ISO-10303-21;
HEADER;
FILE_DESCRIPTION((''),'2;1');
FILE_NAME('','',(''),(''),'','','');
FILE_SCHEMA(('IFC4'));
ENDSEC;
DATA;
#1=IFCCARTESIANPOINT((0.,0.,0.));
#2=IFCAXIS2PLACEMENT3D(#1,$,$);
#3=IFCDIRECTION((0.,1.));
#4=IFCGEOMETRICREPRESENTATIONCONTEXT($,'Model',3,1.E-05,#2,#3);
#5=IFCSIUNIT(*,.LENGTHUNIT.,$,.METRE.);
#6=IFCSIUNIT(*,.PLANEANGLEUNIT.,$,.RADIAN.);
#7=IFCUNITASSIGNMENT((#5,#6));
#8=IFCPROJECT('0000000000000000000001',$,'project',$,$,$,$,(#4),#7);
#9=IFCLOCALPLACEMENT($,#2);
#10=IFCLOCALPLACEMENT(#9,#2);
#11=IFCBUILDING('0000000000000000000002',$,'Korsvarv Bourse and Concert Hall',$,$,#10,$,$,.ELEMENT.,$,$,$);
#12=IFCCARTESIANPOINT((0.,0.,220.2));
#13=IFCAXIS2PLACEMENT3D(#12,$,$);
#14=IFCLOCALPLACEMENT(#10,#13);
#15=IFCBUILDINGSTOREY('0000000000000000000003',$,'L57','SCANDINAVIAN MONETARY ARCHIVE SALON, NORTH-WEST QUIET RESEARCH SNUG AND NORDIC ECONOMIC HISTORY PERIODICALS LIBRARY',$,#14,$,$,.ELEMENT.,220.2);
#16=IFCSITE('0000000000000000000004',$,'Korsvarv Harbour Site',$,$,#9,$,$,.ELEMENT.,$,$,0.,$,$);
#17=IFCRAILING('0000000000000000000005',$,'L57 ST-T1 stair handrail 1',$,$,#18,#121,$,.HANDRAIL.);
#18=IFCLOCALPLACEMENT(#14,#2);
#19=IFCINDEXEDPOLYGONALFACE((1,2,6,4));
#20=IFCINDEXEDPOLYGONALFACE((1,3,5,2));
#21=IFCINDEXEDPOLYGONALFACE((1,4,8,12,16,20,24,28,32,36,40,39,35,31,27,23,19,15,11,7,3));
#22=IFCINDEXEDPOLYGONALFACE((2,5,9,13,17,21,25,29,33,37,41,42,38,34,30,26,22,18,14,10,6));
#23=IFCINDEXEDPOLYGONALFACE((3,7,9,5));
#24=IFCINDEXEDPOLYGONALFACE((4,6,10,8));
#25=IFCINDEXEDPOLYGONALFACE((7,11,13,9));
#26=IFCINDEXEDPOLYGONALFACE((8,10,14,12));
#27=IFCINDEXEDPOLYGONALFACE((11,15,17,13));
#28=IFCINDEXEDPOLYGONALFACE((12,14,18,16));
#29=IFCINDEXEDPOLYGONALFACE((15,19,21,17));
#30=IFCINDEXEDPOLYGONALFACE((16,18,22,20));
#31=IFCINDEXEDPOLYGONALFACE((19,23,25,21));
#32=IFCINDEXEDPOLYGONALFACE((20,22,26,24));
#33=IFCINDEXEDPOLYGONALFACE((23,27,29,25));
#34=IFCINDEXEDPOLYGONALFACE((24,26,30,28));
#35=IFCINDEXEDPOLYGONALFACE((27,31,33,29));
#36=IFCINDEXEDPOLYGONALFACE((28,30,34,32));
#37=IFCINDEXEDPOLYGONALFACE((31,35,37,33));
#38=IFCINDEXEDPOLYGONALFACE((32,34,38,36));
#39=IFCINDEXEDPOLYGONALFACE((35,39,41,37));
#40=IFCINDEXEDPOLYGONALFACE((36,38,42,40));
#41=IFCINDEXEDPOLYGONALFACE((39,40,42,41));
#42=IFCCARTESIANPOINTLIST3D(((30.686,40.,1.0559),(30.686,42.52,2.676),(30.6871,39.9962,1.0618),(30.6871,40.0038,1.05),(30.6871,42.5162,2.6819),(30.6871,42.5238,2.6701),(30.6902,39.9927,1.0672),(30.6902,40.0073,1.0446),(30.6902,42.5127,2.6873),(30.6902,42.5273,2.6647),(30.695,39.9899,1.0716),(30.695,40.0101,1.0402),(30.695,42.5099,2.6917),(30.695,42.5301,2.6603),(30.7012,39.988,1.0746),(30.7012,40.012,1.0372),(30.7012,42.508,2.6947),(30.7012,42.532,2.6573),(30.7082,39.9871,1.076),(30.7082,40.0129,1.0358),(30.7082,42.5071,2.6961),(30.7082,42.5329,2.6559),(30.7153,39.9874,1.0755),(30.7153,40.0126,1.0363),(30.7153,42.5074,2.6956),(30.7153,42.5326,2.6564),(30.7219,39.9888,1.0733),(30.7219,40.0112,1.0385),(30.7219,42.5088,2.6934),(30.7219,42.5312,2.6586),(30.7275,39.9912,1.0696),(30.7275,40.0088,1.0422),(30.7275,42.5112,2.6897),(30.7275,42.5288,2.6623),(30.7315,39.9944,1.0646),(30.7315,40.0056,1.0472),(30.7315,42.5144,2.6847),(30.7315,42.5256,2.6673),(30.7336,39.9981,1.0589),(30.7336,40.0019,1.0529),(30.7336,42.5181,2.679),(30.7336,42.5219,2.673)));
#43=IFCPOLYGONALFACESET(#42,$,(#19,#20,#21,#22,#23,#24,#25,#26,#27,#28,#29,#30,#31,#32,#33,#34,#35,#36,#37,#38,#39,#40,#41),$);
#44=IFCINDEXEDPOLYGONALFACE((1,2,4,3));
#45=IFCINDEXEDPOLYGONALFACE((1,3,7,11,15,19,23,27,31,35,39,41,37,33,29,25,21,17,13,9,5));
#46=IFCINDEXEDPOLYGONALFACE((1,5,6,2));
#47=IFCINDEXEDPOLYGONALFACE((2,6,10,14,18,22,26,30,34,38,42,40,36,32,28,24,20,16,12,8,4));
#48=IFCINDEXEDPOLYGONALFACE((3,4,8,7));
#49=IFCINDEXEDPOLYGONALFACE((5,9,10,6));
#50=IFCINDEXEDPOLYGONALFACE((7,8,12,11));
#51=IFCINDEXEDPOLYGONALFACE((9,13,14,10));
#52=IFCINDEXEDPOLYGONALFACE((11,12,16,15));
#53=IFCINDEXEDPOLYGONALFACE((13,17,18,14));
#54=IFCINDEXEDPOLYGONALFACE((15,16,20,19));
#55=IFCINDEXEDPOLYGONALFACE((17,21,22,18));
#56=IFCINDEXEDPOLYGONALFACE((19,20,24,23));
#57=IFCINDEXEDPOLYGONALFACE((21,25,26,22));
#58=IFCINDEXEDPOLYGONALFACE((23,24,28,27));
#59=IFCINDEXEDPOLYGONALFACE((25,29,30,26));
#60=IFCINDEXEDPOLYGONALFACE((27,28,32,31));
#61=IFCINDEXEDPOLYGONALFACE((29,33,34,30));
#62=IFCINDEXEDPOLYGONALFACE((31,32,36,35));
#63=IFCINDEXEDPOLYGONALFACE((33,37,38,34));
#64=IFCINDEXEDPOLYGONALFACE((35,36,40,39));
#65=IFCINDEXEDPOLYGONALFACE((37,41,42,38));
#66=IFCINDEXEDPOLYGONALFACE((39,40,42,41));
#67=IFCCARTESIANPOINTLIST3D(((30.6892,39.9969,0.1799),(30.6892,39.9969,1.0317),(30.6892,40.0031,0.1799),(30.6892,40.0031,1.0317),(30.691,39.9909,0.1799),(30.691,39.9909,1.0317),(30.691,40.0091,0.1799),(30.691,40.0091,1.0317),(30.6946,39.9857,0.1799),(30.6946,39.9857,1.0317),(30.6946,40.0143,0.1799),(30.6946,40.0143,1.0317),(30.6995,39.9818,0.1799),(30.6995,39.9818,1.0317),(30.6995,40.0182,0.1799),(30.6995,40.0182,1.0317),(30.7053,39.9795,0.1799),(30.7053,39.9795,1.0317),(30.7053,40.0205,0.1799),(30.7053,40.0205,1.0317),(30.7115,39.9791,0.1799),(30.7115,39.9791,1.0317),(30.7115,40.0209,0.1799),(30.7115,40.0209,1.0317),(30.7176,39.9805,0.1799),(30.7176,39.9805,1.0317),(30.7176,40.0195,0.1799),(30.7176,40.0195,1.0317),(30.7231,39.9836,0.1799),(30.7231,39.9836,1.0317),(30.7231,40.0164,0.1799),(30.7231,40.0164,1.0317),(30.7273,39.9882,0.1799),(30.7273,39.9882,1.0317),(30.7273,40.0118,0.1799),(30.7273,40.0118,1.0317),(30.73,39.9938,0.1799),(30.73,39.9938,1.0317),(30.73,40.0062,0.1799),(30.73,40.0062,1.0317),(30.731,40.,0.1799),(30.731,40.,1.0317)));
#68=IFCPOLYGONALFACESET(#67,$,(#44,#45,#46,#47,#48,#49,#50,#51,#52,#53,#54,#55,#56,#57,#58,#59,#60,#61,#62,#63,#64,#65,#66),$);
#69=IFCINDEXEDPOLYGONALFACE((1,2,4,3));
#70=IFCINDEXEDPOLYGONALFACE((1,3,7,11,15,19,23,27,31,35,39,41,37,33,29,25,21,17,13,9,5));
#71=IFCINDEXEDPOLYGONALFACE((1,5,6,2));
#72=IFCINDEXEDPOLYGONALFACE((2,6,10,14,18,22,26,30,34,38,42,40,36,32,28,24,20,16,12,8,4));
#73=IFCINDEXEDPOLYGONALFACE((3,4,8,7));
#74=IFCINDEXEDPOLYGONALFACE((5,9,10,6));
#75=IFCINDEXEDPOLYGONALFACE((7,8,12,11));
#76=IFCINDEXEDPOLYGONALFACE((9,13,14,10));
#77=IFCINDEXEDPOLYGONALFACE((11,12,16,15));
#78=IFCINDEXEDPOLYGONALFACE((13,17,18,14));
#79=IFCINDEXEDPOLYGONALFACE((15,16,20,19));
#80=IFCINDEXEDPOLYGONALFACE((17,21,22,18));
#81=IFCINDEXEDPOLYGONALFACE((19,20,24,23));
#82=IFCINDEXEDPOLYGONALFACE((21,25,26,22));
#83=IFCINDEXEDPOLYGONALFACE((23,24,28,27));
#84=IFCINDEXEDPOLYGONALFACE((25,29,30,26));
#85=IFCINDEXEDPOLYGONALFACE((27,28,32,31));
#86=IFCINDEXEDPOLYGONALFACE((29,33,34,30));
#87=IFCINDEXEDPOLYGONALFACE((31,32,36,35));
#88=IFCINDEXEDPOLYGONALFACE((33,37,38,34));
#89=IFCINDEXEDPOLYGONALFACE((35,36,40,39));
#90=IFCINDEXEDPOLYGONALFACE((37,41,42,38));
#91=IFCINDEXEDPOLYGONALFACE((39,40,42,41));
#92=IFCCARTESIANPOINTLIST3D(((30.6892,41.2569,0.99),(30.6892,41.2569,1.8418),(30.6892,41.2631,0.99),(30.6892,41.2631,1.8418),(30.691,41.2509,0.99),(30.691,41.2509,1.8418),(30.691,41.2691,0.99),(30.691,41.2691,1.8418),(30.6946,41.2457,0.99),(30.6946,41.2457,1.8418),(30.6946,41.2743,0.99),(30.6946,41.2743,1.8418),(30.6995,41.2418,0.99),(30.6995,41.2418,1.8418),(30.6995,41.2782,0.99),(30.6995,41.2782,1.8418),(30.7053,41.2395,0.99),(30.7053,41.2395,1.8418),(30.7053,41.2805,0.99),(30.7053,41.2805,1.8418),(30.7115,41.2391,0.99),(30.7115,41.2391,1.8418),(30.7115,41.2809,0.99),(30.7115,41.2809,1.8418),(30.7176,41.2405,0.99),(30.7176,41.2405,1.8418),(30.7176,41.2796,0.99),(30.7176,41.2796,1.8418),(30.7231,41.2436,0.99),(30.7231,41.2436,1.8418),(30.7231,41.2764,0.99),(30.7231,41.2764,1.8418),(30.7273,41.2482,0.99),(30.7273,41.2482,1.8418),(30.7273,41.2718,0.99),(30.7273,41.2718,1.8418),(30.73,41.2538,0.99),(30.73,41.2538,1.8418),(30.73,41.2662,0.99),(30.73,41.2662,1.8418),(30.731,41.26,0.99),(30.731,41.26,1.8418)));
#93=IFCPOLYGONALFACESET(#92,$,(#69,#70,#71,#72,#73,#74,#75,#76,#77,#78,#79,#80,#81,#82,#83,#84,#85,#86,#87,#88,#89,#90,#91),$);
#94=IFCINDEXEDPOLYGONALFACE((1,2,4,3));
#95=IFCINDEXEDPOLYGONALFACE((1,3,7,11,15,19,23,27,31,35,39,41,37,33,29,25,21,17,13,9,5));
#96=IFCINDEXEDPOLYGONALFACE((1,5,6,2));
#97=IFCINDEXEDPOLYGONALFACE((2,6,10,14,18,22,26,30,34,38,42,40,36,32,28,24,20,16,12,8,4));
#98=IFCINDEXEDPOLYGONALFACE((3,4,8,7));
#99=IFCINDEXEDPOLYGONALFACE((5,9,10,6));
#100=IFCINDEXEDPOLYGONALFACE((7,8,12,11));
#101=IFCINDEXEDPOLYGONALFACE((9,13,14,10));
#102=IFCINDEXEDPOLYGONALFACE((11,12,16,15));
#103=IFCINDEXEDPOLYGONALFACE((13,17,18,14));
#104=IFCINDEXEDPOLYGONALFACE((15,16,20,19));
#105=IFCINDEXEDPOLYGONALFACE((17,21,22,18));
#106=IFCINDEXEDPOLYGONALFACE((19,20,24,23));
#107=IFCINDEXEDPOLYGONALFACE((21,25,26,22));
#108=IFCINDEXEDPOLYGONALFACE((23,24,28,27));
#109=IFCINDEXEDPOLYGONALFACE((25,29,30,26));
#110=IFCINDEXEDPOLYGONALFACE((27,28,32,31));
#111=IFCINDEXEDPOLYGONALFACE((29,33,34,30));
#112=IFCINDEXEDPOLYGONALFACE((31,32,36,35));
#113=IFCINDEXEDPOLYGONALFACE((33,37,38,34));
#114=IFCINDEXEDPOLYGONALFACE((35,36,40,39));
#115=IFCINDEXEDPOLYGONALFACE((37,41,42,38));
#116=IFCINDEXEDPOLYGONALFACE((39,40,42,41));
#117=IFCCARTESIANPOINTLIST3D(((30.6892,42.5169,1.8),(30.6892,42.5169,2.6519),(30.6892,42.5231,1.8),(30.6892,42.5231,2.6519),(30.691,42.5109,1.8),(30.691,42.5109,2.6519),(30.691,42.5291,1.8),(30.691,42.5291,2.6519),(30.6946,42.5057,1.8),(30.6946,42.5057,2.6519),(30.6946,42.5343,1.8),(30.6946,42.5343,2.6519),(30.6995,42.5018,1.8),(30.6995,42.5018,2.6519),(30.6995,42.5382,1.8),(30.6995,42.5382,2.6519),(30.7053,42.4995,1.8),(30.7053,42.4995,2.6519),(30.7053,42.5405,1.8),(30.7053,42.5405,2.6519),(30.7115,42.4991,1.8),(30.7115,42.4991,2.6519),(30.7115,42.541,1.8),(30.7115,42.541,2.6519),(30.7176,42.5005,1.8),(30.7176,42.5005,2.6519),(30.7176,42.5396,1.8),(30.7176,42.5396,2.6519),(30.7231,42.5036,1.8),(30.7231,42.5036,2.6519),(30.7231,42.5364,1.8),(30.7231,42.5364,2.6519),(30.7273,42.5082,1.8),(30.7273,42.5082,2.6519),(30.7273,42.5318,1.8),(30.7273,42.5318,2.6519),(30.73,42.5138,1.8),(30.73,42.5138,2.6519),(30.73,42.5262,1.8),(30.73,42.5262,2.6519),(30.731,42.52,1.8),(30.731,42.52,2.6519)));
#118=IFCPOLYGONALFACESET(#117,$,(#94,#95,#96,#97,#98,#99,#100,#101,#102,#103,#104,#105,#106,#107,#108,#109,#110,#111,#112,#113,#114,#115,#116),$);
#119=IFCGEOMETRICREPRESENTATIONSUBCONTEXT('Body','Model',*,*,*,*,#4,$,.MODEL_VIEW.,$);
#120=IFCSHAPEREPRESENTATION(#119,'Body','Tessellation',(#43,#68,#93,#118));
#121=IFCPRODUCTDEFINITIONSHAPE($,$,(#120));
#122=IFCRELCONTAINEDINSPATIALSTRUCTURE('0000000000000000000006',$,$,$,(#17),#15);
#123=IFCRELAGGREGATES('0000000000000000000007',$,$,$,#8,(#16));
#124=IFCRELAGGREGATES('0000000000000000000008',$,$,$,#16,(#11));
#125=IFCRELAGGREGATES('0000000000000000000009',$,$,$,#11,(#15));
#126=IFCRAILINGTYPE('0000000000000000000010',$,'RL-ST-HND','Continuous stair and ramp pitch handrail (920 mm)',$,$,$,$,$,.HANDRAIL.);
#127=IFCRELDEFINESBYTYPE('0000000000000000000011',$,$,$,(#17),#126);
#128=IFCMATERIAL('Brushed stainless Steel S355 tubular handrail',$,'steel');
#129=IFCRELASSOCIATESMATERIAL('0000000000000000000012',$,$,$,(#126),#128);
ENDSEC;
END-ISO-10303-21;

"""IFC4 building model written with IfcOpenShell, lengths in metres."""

from ifc_helpers import new_model, si_unit, direction, frame, origin, origin_2d, place, context, subcontext, project, spatial, circle, extrude, material, type_object, element, save


model = new_model("IFC4")

# Units and contexts
model_context = context("Model", 3, precision=1e-05, world=origin(), true_north=direction((0.0, 1.0)))
body_context = subcontext(model_context, "Body", "Model", "MODEL_VIEW")
ifc_project = project(units=[si_unit("LENGTHUNIT", "METRE"), si_unit("PLANEANGLEUNIT", "RADIAN")], contexts=[model_context])

# Site, building, storey
site_placement = place(None, origin())
site = spatial("IfcSite", under=ifc_project, at=site_placement, Name="Korsvarv Harbour Site", CompositionType="ELEMENT", RefElevation=0.0)
building_placement = place(site_placement, origin())
building = spatial("IfcBuilding", under=site, at=building_placement, Name="Korsvarv Bourse and Concert Hall", CompositionType="ELEMENT")
storey_placement = place(building_placement, frame((0.0, 0.0, 220.2)))
storey = spatial("IfcBuildingStorey", under=building, at=storey_placement, Name="L57", Description="SCANDINAVIAN MONETARY ARCHIVE SALON, NORTH-WEST QUIET RESEARCH SNUG AND NORDIC ECONOMIC HISTORY PERIODICALS LIBRARY", CompositionType="ELEMENT", Elevation=220.2)

# Railing
ifc_material_1 = material(Name="Brushed stainless Steel S355 tubular handrail", Category="steel")
railing_type_1 = type_object("IfcRailingType", Name="RL-ST-HND", Description="Continuous stair and ramp pitch handrail (920 mm)", PredefinedType="HANDRAIL", material=ifc_material_1)
railing_1_placement = place(storey_placement, frame((30.71, 40.0, 0.1799)))
element("IfcRailing", 1, at=railing_1_placement, inside=storey, type_object=railing_type_1, Name="L57 ST-T1 stair handrail 1", PredefinedType="HANDRAIL", context=body_context, shape_type="SweptSolid", body=[
    extrude(circle(Radius=0.0239, at=origin_2d()), frame((0.0, 0.0, 0.876), z_axis=(0.0, 0.841163, 0.540782), x_axis=(-1.0, 0.0, 0.0)), (0.0, 0.0, 1.0), 2.9958),
    extrude(circle(Radius=0.021, at=origin_2d()), origin(), (0.0, 0.0, 1.0), 0.8518),
    extrude(circle(Radius=0.021, at=origin_2d()), frame((0.0, 1.26, 0.8101)), (0.0, 0.0, 1.0), 0.8518),
    extrude(circle(Radius=0.021, at=origin_2d()), frame((0.0, 2.52, 1.6201)), (0.0, 0.0, 1.0), 0.8518),
])

save(model, "model.ifc")
